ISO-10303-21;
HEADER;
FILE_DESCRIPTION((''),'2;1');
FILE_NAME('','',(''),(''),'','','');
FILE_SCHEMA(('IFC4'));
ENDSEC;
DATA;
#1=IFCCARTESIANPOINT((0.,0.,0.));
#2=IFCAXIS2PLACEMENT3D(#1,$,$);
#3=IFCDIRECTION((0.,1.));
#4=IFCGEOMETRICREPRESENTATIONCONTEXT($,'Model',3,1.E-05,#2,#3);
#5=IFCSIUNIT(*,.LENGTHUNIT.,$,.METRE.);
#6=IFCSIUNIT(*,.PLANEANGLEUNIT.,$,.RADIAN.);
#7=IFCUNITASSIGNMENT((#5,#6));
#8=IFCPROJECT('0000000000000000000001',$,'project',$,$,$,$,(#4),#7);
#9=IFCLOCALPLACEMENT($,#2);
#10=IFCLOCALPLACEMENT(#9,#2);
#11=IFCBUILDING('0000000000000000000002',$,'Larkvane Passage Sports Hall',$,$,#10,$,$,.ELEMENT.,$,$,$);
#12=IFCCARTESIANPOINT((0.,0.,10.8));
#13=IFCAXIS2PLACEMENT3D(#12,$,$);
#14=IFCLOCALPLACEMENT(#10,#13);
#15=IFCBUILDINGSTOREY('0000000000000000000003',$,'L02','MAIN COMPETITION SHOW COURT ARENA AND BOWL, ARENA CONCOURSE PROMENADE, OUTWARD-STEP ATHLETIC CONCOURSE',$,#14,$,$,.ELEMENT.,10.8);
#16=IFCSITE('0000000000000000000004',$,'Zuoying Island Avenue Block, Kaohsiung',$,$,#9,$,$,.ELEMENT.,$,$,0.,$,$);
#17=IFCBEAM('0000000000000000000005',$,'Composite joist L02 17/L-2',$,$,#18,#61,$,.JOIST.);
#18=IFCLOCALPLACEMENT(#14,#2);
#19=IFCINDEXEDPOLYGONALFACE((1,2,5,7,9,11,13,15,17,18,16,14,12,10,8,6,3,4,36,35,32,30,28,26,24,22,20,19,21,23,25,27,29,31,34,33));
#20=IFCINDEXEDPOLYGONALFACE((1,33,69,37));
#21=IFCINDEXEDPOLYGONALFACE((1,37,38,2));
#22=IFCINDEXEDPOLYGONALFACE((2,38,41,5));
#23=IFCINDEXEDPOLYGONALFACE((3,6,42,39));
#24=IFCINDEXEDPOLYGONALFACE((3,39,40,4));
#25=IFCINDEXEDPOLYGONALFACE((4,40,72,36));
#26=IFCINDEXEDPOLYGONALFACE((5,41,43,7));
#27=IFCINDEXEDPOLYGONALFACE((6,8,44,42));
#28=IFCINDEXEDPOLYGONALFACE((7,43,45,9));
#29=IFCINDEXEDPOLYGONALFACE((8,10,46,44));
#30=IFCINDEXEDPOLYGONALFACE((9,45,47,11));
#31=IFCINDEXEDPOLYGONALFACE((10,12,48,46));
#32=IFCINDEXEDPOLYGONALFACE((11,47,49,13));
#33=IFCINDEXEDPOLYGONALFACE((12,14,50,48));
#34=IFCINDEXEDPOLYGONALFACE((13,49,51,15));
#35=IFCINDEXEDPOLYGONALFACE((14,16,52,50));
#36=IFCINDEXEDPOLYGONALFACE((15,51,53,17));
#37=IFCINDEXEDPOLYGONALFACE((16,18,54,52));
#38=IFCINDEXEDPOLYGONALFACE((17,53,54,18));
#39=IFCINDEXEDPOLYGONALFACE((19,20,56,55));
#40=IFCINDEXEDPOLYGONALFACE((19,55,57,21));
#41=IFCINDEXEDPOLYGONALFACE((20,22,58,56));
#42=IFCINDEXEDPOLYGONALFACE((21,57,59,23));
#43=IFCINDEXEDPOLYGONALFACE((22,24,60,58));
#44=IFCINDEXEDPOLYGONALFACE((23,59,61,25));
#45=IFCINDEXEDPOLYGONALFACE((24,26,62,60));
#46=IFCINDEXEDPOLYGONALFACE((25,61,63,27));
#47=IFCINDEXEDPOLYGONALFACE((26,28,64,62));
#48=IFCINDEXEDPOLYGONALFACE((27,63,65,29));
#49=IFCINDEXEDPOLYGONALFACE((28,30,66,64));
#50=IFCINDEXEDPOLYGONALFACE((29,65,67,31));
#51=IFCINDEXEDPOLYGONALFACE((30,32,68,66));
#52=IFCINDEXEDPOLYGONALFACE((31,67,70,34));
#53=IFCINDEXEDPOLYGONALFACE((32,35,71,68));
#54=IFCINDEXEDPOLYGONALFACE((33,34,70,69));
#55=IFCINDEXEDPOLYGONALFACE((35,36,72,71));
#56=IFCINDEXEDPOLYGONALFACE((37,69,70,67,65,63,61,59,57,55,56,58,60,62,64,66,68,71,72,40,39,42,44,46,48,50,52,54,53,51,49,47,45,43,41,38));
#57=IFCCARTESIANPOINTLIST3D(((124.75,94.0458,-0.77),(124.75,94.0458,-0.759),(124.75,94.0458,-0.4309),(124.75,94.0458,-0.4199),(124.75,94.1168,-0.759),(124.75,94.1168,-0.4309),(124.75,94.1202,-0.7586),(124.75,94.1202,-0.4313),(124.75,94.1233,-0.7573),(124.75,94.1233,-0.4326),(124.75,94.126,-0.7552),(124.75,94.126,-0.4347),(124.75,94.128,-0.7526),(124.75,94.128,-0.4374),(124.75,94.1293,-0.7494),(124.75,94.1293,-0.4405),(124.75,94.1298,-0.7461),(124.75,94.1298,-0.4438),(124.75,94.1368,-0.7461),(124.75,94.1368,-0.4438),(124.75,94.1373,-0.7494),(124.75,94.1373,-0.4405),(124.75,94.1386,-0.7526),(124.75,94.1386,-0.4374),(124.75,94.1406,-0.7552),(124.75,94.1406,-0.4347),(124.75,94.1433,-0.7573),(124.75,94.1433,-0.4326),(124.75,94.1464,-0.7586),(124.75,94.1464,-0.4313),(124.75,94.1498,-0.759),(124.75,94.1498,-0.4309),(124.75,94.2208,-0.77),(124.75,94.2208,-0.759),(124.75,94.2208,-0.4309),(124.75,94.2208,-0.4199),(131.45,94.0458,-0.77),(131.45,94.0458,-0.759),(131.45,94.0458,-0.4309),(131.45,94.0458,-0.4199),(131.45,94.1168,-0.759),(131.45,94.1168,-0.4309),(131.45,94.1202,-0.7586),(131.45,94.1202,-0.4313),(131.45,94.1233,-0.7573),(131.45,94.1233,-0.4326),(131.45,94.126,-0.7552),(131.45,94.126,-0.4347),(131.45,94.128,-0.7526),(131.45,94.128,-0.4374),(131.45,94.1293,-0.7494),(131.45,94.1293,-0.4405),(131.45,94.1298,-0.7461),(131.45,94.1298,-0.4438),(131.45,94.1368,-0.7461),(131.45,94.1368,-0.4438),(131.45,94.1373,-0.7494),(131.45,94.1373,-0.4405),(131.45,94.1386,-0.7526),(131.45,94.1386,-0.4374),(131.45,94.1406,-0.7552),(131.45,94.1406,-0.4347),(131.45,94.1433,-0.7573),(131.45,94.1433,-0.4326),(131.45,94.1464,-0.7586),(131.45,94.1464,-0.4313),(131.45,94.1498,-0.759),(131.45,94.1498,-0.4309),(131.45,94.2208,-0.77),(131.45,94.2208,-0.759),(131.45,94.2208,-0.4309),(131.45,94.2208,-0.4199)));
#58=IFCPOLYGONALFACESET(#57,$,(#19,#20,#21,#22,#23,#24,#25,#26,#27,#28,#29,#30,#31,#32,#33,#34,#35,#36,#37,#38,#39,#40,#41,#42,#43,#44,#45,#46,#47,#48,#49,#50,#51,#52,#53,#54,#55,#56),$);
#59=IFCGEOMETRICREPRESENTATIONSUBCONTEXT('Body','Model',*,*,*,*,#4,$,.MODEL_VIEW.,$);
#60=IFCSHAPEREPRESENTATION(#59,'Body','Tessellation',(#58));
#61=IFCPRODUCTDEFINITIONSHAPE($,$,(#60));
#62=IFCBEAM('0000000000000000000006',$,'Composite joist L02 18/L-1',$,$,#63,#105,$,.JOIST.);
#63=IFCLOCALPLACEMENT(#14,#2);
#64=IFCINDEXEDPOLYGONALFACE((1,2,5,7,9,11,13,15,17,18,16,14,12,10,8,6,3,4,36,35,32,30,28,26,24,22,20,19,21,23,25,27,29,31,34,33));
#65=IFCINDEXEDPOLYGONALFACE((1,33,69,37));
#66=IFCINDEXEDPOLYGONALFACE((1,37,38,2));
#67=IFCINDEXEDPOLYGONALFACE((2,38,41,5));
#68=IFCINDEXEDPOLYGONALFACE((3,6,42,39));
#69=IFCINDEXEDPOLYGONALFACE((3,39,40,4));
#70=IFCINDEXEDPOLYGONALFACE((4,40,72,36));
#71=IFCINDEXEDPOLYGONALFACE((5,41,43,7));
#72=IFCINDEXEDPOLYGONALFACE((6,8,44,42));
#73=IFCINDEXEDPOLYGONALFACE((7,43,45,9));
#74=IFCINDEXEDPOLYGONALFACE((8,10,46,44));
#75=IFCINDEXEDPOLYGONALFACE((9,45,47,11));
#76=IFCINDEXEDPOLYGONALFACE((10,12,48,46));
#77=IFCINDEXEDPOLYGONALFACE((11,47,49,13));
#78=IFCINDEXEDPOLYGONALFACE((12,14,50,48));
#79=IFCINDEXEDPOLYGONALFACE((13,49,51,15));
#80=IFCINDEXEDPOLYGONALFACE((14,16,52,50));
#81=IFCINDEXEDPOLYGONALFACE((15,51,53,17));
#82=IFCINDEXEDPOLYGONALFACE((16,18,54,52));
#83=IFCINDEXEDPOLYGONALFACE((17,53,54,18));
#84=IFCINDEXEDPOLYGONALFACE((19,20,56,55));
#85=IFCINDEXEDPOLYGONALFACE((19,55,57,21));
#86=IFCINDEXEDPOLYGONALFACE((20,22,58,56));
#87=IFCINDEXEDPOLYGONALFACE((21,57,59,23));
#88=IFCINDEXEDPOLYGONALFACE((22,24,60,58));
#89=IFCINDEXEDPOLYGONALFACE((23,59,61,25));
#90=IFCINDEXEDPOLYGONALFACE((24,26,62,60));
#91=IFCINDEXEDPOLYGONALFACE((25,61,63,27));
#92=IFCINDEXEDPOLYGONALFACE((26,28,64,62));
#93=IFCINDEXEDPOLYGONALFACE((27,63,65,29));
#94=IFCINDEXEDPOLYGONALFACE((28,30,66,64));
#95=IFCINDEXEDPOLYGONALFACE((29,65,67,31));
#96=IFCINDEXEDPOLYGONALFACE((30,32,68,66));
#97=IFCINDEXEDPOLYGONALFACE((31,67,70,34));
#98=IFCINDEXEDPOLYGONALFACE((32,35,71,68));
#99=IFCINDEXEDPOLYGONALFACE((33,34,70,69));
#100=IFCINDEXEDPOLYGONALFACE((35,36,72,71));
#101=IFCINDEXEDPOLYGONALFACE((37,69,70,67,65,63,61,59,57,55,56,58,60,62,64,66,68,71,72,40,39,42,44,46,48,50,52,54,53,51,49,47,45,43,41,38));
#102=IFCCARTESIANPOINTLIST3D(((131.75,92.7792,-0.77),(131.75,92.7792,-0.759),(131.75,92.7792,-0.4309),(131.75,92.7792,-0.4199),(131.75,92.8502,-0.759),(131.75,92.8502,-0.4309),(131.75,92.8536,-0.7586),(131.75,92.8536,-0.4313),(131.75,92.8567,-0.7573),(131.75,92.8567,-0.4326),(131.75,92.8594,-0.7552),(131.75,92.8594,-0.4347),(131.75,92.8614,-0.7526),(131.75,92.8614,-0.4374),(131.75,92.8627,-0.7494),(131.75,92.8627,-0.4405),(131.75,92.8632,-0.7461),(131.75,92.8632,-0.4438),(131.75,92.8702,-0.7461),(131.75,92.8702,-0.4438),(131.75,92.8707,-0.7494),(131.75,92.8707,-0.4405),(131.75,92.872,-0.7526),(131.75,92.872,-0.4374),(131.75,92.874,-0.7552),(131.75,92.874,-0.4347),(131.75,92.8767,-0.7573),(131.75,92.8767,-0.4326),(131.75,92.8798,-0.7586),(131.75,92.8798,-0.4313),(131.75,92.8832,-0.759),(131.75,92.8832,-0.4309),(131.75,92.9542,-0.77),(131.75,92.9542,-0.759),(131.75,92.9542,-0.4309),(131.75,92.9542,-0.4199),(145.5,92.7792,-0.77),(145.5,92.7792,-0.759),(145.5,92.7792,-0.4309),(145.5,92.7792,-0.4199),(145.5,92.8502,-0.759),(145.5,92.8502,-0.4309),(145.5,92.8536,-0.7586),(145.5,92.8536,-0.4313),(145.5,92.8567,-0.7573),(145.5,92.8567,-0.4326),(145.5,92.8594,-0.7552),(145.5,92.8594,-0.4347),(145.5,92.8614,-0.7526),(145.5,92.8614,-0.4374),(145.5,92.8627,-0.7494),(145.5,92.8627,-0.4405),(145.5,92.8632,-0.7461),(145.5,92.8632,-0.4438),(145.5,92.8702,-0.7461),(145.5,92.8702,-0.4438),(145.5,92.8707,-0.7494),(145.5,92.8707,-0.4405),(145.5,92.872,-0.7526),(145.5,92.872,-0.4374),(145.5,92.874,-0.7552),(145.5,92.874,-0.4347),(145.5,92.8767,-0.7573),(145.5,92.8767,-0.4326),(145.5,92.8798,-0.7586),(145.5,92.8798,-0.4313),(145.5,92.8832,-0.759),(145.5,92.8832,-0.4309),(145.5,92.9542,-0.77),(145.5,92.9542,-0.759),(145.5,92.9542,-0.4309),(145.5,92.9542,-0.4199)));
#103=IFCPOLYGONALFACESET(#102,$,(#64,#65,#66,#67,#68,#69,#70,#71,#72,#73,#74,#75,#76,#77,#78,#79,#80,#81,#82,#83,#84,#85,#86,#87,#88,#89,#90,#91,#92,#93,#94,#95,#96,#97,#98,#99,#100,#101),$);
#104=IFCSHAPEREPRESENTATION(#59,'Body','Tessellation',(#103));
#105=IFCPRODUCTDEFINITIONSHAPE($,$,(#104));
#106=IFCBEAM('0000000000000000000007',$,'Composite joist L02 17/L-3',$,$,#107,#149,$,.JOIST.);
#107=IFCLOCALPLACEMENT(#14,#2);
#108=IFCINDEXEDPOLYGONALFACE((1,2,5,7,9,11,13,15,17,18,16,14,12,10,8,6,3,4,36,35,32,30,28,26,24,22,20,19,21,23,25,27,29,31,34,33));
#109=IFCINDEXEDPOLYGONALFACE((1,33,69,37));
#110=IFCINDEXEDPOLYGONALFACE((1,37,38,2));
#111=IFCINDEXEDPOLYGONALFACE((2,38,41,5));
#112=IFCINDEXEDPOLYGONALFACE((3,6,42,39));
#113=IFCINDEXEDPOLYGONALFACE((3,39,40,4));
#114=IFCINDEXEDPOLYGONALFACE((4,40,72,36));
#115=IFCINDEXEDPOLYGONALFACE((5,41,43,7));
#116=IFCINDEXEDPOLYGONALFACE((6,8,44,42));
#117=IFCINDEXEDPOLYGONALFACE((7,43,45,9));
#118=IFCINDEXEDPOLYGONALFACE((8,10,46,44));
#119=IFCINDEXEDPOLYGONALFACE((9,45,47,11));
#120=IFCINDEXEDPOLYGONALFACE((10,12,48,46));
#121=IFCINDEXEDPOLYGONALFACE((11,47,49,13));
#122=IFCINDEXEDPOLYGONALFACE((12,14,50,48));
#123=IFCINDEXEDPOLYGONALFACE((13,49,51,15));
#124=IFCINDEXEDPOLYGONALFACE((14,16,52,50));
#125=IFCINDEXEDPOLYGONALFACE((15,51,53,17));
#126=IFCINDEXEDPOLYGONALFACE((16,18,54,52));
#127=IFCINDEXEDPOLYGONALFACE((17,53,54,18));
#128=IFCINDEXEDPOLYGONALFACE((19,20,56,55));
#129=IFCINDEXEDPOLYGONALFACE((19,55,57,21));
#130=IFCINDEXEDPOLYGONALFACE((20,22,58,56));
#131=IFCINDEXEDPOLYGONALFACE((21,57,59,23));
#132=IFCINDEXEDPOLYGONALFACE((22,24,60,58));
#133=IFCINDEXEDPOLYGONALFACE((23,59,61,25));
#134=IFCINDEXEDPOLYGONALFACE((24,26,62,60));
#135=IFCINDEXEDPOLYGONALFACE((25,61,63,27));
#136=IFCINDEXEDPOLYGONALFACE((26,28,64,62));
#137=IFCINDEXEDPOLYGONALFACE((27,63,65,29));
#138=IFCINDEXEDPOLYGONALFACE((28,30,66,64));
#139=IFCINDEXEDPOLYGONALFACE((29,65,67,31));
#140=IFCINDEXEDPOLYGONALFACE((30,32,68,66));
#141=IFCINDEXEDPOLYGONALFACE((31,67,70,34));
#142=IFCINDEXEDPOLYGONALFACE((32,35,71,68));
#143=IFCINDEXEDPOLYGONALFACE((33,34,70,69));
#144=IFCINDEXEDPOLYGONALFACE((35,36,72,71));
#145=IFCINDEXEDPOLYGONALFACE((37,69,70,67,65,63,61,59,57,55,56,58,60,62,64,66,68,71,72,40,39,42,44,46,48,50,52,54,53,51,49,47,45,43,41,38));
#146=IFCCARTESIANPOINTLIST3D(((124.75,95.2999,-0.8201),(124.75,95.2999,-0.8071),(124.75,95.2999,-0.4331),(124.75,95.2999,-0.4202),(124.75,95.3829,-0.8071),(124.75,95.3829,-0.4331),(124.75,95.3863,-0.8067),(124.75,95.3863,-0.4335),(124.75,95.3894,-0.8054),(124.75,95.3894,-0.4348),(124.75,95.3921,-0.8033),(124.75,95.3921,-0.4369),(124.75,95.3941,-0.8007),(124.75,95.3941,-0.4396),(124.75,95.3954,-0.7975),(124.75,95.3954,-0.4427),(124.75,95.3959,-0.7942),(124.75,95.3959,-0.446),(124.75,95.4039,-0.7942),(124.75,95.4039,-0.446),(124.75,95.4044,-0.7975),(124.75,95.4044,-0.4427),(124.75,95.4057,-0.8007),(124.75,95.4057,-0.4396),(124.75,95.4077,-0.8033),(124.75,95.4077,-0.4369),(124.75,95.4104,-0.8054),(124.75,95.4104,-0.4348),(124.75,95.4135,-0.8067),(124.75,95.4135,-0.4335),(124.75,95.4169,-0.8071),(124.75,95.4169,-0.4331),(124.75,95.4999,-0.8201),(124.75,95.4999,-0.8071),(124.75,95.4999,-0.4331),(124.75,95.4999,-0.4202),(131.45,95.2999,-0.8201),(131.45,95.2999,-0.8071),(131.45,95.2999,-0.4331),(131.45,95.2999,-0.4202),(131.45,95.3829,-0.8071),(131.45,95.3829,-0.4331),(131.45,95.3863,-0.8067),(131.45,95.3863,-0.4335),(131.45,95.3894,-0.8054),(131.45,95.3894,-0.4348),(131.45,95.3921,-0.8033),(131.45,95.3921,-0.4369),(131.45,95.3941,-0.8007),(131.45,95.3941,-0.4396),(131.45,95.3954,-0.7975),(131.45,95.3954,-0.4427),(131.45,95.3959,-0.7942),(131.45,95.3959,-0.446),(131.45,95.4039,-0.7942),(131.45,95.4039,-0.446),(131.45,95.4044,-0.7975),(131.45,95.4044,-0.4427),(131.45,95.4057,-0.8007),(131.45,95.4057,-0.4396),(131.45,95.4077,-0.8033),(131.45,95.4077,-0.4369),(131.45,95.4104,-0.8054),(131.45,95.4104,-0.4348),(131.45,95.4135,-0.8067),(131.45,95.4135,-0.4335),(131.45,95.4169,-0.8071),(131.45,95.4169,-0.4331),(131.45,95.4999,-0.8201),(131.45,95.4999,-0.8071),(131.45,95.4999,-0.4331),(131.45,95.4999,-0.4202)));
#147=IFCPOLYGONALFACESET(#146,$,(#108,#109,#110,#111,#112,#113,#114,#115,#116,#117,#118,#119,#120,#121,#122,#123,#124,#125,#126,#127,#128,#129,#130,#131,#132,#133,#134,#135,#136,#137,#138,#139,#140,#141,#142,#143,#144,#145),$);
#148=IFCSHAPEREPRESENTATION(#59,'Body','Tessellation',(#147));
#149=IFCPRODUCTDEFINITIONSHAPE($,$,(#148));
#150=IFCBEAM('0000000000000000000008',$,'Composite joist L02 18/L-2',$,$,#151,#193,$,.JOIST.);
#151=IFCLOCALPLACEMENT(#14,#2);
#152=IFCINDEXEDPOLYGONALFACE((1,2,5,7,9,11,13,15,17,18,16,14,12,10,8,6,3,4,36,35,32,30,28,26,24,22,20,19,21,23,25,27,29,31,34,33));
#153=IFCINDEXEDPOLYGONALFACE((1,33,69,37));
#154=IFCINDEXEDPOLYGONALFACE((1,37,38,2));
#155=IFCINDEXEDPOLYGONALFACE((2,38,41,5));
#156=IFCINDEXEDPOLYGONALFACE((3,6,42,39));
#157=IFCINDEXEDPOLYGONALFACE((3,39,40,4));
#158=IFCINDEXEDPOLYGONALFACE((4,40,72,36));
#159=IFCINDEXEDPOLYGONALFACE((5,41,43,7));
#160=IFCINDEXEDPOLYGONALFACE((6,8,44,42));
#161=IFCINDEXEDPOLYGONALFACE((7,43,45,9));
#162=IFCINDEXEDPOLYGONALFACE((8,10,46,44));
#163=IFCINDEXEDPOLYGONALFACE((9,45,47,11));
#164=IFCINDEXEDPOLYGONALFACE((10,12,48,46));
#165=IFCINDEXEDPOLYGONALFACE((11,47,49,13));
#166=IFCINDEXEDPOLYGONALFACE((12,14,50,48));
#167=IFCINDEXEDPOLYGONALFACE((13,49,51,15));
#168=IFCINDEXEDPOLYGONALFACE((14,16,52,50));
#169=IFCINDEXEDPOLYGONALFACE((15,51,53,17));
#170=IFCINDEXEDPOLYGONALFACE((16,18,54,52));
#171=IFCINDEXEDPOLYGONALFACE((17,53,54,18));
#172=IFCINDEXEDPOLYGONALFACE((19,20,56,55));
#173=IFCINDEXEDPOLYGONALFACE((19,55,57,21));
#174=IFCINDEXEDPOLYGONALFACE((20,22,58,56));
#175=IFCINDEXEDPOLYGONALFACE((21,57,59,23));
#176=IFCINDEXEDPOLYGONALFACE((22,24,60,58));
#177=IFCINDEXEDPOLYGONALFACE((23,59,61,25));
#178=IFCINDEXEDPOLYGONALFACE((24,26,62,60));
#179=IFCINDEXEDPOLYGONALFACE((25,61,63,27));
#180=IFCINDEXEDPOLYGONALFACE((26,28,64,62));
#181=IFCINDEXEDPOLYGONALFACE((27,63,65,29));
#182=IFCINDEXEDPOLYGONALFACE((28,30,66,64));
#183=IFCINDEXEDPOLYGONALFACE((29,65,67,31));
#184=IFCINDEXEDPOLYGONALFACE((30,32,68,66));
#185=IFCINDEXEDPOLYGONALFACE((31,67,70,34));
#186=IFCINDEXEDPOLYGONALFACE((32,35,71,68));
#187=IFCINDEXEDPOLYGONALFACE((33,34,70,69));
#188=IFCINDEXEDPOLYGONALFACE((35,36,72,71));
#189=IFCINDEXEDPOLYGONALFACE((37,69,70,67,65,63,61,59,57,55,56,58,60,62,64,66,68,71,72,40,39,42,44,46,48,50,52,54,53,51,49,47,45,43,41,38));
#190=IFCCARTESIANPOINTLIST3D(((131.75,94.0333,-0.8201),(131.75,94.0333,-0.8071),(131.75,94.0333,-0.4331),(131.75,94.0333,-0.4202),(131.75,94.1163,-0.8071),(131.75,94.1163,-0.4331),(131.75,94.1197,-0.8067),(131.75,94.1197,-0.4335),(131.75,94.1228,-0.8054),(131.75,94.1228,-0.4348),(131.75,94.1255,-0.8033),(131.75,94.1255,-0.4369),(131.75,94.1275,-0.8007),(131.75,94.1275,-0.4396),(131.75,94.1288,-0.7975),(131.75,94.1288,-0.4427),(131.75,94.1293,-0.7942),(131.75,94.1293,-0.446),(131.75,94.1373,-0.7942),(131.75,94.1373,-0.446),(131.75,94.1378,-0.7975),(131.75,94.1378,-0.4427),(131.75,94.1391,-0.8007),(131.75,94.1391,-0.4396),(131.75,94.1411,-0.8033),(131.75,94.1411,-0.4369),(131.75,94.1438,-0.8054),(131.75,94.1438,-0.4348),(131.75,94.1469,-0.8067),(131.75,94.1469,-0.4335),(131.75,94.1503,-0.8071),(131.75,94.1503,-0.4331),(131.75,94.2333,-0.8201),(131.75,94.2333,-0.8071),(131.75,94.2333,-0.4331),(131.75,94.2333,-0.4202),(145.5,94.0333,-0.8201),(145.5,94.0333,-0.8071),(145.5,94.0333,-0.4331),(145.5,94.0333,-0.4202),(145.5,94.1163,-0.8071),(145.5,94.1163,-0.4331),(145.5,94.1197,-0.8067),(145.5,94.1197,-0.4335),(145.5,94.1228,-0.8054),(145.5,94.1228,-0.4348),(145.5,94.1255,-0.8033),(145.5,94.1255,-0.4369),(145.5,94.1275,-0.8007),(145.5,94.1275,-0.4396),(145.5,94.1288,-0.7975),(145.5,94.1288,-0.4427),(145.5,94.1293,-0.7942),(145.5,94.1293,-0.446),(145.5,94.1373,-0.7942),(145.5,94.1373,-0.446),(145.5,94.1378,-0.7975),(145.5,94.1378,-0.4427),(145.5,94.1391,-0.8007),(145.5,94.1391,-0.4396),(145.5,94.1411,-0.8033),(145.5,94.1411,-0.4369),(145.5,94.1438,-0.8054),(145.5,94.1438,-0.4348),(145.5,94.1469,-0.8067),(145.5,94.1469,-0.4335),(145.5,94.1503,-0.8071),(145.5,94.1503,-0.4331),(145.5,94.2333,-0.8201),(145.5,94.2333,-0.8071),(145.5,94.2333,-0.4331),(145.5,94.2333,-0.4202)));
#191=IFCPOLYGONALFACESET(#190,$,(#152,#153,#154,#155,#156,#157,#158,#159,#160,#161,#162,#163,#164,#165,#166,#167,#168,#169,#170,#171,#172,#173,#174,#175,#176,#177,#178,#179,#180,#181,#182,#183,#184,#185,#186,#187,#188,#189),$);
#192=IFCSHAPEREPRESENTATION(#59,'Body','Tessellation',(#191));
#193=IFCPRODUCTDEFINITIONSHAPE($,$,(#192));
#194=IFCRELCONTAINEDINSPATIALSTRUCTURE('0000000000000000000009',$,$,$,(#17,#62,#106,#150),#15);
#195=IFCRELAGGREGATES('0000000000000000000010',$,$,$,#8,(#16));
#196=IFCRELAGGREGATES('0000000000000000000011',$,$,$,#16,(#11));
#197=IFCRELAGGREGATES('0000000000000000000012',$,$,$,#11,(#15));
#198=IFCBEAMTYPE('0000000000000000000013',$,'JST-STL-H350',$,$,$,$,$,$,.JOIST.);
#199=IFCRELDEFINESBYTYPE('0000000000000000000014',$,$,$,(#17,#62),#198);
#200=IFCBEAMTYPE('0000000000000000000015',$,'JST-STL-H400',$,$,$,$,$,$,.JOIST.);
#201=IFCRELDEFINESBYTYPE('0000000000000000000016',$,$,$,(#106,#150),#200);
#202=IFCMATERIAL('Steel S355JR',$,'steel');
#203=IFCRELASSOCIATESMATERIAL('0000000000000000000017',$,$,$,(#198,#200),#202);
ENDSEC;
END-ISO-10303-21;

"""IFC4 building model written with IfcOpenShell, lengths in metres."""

from ifc_helpers import new_model, si_unit, direction, frame, origin, origin_2d, place, context, subcontext, project, spatial, i_section, extrude, material, material_profile, profile_set, type_object, element, save


model = new_model("IFC4")

# Units and contexts
model_context = context("Model", 3, precision=1e-05, world=origin(), true_north=direction((0.0, 1.0)))
body_context = subcontext(model_context, "Body", "Model", "MODEL_VIEW")
ifc_project = project(units=[si_unit("LENGTHUNIT", "METRE"), si_unit("PLANEANGLEUNIT", "RADIAN")], contexts=[model_context])

# Site, building, storey
site_placement = place(None, origin())
site = spatial("IfcSite", under=ifc_project, at=site_placement, Name="Zuoying Island Avenue Block, Kaohsiung", CompositionType="ELEMENT", RefElevation=0.0)
building_placement = place(site_placement, origin())
building = spatial("IfcBuilding", under=site, at=building_placement, Name="Larkvane Passage Sports Hall", CompositionType="ELEMENT")
storey_placement = place(building_placement, frame((0.0, 0.0, 10.8)))
storey = spatial("IfcBuildingStorey", under=building, at=storey_placement, Name="L02", Description="MAIN COMPETITION SHOW COURT ARENA AND BOWL, ARENA CONCOURSE PROMENADE, OUTWARD-STEP ATHLETIC CONCOURSE", CompositionType="ELEMENT", Elevation=10.8)

# Shared definitions
ifc_material_1 = material(Name="Steel S355JR", Category="steel")

# Beams
ifc_material_profile_1 = material_profile(ifc_material_1, i_section(OverallWidth=0.175, OverallDepth=0.3501, WebThickness=0.0071, FlangeThickness=0.011, FilletRadius=0.0129, at=origin_2d()), Name="H-350x175x7x11")
ifc_profile_set_1 = profile_set([ifc_material_profile_1], Name="Steel S355JR")
beam_type_1 = type_object("IfcBeamType", Name="JST-STL-H350", PredefinedType="JOIST", material=ifc_profile_set_1)
beam_1_placement = place(storey_placement, frame((124.75, 94.1333, -0.595), z_axis=(1.0, 0.0, 0.0), x_axis=(0.0, 1.0, 0.0)))
element("IfcBeam", 1, at=beam_1_placement, inside=storey, type_object=beam_type_1, Name="Composite joist L02 17/L-2", PredefinedType="JOIST", context=body_context, shape_type="SweptSolid", body=[
    extrude(i_section(OverallWidth=0.175, OverallDepth=0.3501, WebThickness=0.0071, FlangeThickness=0.011, FilletRadius=0.0129, at=origin_2d()), origin(), (0.0, 0.0, 1.0), 6.7),
])
beam_2_placement = place(storey_placement, frame((131.75, 92.8667, -0.595), z_axis=(1.0, 0.0, 0.0), x_axis=(0.0, 1.0, 0.0)))
element("IfcBeam", 2, at=beam_2_placement, inside=storey, type_object=beam_type_1, Name="Composite joist L02 18/L-1", PredefinedType="JOIST", context=body_context, shape_type="SweptSolid", body=[
    extrude(i_section(OverallWidth=0.175, OverallDepth=0.3501, WebThickness=0.0071, FlangeThickness=0.011, FilletRadius=0.0129, at=origin_2d()), origin(), (0.0, 0.0, 1.0), 13.75),
])
ifc_material_profile_2 = material_profile(ifc_material_1, i_section(OverallWidth=0.2, OverallDepth=0.3999, WebThickness=0.0081, FlangeThickness=0.0129, FilletRadius=0.0129, at=origin_2d()), Name="H-400x200x8x13")
ifc_profile_set_2 = profile_set([ifc_material_profile_2], Name="Steel S355JR")
beam_type_2 = type_object("IfcBeamType", Name="JST-STL-H400", PredefinedType="JOIST", material=ifc_profile_set_2)
beam_3_placement = place(storey_placement, frame((124.75, 95.3999, -0.6201), z_axis=(1.0, 0.0, 0.0), x_axis=(0.0, 1.0, 0.0)))
element("IfcBeam", 3, at=beam_3_placement, inside=storey, type_object=beam_type_2, Name="Composite joist L02 17/L-3", PredefinedType="JOIST", context=body_context, shape_type="SweptSolid", body=[
    extrude(i_section(OverallWidth=0.2, OverallDepth=0.3999, WebThickness=0.0081, FlangeThickness=0.0129, FilletRadius=0.0129, at=origin_2d()), origin(), (0.0, 0.0, 1.0), 6.7),
])
beam_4_placement = place(storey_placement, frame((131.75, 94.1333, -0.6201), z_axis=(1.0, 0.0, 0.0), x_axis=(0.0, 1.0, 0.0)))
element("IfcBeam", 4, at=beam_4_placement, inside=storey, type_object=beam_type_2, Name="Composite joist L02 18/L-2", PredefinedType="JOIST", context=body_context, shape_type="SweptSolid", body=[
    extrude(i_section(OverallWidth=0.2, OverallDepth=0.3999, WebThickness=0.0081, FlangeThickness=0.0129, FilletRadius=0.0129, at=origin_2d()), origin(), (0.0, 0.0, 1.0), 13.75),
])

save(model, "model.ifc")
